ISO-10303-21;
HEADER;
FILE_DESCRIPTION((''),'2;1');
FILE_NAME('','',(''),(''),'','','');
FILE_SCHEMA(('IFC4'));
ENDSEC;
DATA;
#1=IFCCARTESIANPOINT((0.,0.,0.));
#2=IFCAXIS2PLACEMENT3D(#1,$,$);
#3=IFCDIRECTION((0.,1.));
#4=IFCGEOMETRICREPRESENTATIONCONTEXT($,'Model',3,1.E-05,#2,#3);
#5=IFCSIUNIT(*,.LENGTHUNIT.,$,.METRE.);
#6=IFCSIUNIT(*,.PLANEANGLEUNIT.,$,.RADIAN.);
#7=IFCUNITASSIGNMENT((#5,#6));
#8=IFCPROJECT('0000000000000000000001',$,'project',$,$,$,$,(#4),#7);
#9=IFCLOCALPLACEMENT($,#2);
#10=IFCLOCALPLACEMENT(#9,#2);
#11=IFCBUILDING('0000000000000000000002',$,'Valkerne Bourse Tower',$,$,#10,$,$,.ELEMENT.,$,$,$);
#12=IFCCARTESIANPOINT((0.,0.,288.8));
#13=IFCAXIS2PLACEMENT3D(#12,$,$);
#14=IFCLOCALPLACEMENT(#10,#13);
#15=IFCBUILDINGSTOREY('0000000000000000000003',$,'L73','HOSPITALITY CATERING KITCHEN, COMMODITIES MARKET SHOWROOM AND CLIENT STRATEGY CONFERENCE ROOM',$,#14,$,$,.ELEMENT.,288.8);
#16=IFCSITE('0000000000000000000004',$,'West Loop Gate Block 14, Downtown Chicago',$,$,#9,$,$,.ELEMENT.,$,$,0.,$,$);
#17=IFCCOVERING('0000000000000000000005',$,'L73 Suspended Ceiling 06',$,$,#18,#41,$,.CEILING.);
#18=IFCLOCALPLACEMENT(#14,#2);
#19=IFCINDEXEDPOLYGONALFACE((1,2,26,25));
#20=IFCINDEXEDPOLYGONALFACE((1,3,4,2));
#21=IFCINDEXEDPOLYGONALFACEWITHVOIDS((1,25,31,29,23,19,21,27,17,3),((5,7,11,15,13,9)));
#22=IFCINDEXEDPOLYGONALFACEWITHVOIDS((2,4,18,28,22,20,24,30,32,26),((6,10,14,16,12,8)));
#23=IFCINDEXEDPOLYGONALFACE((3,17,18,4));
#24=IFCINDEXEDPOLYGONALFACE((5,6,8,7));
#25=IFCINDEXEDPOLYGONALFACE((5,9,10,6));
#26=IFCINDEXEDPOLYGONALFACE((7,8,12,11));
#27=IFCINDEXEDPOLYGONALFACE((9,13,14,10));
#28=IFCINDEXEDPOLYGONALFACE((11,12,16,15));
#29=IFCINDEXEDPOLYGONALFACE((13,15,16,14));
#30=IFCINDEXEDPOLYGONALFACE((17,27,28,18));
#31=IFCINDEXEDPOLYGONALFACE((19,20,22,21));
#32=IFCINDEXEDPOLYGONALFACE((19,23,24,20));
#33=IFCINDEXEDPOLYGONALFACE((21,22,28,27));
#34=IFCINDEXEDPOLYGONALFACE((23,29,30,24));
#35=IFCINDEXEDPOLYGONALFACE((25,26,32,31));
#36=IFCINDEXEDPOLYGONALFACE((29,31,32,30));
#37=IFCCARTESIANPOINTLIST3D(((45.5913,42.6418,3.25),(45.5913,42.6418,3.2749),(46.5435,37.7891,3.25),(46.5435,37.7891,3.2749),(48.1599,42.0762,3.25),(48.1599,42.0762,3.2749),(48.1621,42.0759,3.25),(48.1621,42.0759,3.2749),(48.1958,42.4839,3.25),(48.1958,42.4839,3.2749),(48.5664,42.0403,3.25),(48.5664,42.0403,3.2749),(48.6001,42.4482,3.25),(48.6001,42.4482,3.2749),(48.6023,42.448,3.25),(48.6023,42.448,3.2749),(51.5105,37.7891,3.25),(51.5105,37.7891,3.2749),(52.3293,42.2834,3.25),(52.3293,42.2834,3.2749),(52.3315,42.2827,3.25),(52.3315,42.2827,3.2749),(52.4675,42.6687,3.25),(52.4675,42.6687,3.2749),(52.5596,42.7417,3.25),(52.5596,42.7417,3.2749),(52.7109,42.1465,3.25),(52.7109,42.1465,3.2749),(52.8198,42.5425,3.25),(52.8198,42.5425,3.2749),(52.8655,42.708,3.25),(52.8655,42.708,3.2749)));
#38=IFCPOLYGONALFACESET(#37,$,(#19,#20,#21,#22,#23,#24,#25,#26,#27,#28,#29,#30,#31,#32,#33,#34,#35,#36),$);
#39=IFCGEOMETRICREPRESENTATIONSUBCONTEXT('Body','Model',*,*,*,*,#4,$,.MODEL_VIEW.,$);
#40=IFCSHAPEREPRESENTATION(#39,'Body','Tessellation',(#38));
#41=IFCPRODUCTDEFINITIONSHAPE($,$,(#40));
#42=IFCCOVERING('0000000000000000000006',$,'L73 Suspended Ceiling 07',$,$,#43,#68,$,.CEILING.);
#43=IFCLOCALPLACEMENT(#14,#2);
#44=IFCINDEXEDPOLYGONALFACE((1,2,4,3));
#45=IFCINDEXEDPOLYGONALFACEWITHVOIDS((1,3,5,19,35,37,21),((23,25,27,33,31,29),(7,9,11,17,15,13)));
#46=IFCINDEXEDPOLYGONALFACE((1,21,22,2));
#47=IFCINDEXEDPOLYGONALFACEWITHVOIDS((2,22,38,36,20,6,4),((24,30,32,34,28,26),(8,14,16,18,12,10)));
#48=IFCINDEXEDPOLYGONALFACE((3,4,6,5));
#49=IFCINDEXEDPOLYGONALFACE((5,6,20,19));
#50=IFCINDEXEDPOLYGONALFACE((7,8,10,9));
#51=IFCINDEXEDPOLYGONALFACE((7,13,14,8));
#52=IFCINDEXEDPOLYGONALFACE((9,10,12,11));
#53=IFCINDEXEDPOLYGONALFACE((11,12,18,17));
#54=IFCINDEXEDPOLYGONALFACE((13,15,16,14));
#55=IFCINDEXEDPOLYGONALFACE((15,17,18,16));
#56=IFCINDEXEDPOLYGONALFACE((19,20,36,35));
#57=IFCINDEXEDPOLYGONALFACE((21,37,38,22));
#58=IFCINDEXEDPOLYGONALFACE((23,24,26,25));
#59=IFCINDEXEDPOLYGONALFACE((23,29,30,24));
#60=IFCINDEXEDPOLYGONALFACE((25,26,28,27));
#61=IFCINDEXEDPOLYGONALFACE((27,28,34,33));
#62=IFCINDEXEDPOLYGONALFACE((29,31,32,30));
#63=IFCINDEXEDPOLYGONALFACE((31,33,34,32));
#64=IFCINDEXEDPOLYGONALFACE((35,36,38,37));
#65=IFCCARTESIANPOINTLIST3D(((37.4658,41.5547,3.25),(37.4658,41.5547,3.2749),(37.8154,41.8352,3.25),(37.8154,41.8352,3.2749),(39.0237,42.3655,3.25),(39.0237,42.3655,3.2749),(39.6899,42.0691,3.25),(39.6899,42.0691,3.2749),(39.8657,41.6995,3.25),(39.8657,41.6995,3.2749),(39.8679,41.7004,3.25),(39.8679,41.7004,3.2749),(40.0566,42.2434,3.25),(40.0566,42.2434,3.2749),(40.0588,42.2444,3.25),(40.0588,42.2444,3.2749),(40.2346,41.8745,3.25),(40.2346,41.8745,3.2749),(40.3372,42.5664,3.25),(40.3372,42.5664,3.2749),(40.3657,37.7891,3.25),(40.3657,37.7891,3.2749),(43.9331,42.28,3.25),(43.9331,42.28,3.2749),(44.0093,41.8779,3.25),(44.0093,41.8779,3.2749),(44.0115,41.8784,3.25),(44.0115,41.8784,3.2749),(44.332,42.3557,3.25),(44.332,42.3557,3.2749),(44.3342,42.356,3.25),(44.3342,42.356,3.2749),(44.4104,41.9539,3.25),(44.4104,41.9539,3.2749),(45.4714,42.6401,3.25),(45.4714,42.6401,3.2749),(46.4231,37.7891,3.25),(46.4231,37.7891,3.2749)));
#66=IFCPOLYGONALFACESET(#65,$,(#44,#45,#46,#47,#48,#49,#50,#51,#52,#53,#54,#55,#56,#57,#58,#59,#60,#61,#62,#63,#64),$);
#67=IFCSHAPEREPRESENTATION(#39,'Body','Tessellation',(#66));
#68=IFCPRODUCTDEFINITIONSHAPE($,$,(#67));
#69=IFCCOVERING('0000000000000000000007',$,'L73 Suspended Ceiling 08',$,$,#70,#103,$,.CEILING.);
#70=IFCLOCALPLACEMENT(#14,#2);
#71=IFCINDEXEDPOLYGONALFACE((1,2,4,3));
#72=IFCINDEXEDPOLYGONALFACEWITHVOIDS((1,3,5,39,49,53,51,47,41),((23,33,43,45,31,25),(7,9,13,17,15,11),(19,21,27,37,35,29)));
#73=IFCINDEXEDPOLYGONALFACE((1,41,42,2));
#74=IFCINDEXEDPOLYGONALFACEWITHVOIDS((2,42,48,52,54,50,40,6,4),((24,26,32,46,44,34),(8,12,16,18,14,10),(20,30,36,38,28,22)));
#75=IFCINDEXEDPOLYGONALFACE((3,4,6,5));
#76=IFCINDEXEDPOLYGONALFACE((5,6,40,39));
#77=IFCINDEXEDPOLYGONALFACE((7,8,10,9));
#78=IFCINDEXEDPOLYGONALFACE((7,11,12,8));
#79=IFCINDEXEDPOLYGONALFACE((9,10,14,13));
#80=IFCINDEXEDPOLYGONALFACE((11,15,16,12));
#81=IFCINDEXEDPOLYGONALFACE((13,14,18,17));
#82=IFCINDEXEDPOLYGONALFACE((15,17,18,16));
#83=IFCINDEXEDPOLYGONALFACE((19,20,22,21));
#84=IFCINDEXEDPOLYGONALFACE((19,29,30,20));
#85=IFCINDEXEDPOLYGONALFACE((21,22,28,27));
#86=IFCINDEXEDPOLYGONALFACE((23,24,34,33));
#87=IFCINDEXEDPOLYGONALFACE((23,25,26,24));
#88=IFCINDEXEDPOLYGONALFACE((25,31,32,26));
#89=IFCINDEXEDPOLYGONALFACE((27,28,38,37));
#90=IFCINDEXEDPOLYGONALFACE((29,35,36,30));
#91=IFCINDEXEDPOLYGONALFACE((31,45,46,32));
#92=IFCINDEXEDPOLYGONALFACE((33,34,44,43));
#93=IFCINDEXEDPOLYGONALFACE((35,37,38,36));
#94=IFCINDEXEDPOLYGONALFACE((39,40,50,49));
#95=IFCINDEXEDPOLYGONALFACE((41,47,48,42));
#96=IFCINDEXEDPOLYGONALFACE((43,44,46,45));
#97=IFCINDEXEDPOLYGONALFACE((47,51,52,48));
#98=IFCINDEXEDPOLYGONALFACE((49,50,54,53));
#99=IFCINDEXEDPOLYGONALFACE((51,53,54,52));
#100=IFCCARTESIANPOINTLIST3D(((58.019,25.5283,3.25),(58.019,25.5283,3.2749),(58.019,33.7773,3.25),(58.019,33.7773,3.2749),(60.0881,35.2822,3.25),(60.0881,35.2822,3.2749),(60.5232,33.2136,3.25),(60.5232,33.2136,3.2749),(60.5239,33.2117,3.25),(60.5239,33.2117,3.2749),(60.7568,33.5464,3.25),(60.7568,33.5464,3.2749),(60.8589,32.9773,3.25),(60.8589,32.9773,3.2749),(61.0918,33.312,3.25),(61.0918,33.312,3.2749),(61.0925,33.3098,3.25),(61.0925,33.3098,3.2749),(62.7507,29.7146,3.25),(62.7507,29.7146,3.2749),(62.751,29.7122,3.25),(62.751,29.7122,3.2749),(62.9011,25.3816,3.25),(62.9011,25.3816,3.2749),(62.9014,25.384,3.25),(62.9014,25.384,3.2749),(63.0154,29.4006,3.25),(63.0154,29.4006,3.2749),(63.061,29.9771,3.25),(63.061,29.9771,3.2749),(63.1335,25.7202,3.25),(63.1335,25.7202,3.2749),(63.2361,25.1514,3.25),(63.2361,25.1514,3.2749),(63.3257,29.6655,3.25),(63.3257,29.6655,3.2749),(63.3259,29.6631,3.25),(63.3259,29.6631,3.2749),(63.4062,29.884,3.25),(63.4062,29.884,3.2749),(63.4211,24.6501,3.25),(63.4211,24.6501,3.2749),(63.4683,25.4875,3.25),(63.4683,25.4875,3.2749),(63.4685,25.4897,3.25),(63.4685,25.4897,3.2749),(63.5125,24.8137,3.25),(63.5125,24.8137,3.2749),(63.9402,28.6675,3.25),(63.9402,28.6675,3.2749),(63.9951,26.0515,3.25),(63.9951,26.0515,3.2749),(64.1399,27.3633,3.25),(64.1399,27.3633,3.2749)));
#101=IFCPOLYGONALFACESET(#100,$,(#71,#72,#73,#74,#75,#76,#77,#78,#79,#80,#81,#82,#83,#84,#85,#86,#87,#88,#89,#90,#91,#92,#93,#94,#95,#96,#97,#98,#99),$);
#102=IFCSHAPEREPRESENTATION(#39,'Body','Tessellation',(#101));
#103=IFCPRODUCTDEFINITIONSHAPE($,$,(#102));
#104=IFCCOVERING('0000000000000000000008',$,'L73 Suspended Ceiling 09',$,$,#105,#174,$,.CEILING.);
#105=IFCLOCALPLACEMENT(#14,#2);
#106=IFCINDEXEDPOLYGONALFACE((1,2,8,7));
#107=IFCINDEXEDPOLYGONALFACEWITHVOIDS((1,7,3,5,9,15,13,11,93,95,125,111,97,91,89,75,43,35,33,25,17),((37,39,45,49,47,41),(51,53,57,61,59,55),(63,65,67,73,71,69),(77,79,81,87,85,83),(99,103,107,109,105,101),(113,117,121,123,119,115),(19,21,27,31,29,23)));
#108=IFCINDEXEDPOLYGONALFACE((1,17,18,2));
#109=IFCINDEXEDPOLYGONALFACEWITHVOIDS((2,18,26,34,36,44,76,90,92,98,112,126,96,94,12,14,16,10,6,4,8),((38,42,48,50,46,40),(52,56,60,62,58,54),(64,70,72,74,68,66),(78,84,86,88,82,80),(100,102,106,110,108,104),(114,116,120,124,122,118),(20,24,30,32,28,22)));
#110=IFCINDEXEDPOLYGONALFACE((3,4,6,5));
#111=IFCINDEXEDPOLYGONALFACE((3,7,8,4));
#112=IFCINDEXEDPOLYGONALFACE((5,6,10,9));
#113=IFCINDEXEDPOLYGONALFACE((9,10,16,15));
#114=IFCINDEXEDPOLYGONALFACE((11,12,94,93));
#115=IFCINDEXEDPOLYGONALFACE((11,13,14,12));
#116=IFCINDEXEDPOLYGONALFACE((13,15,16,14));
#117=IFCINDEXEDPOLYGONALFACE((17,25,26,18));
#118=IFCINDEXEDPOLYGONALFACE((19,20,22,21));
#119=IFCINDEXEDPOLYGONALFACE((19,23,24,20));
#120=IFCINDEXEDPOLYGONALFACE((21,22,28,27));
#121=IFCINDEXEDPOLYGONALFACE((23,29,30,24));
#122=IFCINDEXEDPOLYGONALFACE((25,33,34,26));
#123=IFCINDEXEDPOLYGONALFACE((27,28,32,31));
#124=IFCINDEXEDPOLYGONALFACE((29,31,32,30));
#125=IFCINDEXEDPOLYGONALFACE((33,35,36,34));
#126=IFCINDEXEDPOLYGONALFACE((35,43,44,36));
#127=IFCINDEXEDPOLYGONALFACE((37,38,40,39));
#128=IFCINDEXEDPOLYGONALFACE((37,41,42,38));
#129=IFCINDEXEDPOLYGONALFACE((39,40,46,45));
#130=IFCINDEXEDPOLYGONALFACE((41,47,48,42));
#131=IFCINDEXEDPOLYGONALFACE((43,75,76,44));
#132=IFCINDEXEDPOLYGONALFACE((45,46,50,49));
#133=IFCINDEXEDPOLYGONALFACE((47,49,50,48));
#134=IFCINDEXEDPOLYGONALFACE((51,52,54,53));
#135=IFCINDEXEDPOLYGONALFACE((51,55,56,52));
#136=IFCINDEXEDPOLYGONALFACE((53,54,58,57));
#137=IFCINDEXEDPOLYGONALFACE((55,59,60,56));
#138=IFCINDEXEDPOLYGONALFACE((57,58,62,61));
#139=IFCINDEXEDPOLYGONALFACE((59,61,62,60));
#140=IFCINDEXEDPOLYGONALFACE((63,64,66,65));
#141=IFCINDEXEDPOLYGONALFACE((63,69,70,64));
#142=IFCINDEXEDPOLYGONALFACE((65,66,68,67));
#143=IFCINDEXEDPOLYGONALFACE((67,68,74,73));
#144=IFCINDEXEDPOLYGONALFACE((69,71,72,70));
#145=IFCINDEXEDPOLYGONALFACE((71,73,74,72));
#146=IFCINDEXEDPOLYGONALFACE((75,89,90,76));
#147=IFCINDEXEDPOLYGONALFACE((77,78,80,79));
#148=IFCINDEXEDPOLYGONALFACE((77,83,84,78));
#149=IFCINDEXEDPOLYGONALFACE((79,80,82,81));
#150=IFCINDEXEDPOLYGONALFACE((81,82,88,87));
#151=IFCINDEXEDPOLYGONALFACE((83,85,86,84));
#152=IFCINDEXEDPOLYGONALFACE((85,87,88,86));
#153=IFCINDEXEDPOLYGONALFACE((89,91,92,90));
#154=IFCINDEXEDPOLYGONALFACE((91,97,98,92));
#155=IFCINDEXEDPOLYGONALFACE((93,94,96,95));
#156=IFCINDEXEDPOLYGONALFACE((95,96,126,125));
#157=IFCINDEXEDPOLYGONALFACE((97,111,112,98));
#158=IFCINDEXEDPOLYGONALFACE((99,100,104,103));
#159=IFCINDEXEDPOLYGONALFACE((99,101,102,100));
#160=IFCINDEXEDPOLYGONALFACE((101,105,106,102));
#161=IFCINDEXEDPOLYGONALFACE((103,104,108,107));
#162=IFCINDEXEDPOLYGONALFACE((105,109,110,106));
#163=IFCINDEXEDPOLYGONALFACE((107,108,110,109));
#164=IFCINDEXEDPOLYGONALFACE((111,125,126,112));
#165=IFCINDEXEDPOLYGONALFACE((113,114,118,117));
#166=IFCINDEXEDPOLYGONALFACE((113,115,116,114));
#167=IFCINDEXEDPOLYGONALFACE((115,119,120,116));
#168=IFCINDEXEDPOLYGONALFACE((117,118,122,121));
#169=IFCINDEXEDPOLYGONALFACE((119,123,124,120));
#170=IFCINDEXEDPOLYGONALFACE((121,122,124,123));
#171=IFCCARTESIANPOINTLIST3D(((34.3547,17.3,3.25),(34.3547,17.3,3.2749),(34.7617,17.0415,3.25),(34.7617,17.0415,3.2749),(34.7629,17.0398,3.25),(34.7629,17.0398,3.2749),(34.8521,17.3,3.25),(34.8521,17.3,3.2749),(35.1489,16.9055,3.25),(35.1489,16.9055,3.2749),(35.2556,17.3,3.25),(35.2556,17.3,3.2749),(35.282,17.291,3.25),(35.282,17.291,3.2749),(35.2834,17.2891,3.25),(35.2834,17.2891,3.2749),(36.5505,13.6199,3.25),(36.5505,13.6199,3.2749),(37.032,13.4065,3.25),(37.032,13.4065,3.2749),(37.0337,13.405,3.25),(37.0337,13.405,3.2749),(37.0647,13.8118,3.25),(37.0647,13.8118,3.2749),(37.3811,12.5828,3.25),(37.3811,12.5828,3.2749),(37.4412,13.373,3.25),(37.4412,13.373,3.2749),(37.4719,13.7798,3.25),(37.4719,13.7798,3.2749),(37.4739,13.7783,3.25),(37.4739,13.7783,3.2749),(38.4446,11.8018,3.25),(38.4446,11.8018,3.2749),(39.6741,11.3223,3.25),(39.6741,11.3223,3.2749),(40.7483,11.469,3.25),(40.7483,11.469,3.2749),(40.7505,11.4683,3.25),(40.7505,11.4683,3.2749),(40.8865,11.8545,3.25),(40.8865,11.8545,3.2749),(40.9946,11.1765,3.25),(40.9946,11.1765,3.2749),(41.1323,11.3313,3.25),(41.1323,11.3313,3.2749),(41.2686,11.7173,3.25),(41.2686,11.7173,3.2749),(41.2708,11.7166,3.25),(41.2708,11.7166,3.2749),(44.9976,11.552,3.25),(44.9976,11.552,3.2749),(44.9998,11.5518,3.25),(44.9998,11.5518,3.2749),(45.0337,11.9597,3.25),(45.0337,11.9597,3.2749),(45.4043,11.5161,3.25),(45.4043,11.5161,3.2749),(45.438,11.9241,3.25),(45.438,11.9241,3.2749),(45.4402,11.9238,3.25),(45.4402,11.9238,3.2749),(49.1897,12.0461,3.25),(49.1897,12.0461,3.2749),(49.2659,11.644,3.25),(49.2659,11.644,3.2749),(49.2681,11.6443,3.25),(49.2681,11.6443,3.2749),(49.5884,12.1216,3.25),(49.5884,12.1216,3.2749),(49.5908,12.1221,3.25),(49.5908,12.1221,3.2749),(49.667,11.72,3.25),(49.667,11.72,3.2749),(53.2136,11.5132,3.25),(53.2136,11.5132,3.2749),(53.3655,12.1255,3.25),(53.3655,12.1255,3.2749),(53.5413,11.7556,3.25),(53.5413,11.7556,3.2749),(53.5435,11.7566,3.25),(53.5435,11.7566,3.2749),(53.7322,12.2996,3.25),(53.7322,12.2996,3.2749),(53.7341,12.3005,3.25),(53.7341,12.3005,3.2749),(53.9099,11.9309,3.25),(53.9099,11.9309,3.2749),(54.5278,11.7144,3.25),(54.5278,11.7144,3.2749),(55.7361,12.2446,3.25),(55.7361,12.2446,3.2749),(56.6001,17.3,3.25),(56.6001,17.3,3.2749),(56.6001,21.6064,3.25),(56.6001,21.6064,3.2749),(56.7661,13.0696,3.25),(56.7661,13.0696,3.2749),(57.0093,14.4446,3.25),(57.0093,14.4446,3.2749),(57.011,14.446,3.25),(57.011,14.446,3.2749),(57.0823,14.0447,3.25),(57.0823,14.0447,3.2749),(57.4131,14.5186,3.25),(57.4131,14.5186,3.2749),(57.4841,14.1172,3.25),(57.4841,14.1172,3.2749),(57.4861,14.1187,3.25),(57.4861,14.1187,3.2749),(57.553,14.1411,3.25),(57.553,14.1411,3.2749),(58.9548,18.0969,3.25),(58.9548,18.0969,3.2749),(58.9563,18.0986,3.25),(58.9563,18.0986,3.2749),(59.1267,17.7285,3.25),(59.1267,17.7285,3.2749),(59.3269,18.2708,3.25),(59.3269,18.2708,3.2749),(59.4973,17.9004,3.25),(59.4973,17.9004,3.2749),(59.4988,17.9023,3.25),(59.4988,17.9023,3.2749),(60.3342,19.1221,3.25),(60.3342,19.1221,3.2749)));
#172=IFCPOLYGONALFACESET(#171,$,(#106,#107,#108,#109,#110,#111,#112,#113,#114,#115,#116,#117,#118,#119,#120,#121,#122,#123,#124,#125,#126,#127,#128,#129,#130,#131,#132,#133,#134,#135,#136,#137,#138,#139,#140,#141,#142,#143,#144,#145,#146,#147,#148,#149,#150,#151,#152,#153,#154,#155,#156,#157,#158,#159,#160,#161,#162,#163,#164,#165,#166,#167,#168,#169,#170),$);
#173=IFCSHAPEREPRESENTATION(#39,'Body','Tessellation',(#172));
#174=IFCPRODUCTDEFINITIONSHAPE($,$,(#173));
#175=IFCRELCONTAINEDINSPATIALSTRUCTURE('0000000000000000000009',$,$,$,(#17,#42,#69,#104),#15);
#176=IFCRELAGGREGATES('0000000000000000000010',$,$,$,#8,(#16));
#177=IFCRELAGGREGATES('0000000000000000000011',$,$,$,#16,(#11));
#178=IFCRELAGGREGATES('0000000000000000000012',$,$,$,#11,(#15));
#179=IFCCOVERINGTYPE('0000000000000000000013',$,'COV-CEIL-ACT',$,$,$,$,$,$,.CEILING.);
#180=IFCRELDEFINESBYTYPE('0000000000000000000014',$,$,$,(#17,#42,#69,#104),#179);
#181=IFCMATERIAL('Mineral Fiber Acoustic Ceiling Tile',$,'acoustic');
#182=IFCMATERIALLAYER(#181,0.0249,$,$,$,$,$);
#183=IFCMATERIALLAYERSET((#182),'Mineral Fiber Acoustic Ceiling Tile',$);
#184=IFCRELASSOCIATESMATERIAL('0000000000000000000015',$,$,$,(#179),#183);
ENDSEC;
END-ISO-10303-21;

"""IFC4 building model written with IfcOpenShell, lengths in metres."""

from ifc_helpers import new_model, si_unit, direction, frame, origin, place, context, subcontext, project, spatial, polyline, outline, extrude, material, layer, layer_set, type_object, element, save


model = new_model("IFC4")

# Units and contexts
model_context = context("Model", 3, precision=1e-05, world=origin(), true_north=direction((0.0, 1.0)))
body_context = subcontext(model_context, "Body", "Model", "MODEL_VIEW")
ifc_project = project(units=[si_unit("LENGTHUNIT", "METRE"), si_unit("PLANEANGLEUNIT", "RADIAN")], contexts=[model_context])

# Site, building, storey
site_placement = place(None, origin())
site = spatial("IfcSite", under=ifc_project, at=site_placement, Name="West Loop Gate Block 14, Downtown Chicago", CompositionType="ELEMENT", RefElevation=0.0)
building_placement = place(site_placement, origin())
building = spatial("IfcBuilding", under=site, at=building_placement, Name="Valkerne Bourse Tower", CompositionType="ELEMENT")
storey_placement = place(building_placement, frame((0.0, 0.0, 288.8)))
storey = spatial("IfcBuildingStorey", under=building, at=storey_placement, Name="L73", Description="HOSPITALITY CATERING KITCHEN, COMMODITIES MARKET SHOWROOM AND CLIENT STRATEGY CONFERENCE ROOM", CompositionType="ELEMENT", Elevation=288.8)

# Coverings
ifc_material_1 = material(Name="Mineral Fiber Acoustic Ceiling Tile", Category="acoustic")
ifc_layer_1 = layer(ifc_material_1, 0.0249)
ifc_layer_set_1 = layer_set([ifc_layer_1], Name="Mineral Fiber Acoustic Ceiling Tile")
covering_type_1 = type_object("IfcCoveringType", Name="COV-CEIL-ACT", PredefinedType="CEILING", material=ifc_layer_set_1)
covering_1_placement = place(storey_placement, frame((0.0, 0.0, 3.25)))
element("IfcCovering", 1, at=covering_1_placement, inside=storey, type_object=covering_type_1, Name="L73 Suspended Ceiling 06", PredefinedType="CEILING", context=body_context, shape_type="SweptSolid", body=[
    extrude(outline(polyline([(52.8198, 42.5425), (52.4675, 42.6687), (52.3293, 42.2834), (52.3315, 42.2827), (52.7109, 42.1465), (51.5105, 37.7891), (46.5435, 37.7891), (45.5913, 42.6418), (52.5596, 42.7417), (52.8655, 42.708), (52.8198, 42.5425)]), holes=[polyline([(48.6001, 42.4482), (48.1958, 42.4839), (48.1599, 42.0762), (48.1621, 42.0759), (48.5664, 42.0403), (48.6023, 42.448), (48.6001, 42.4482)])]), origin(), (0.0, 0.0, 1.0), 0.0249),
])
covering_2_placement = place(storey_placement, frame((0.0, 0.0, 3.25)))
element("IfcCovering", 2, at=covering_2_placement, inside=storey, type_object=covering_type_1, Name="L73 Suspended Ceiling 07", PredefinedType="CEILING", context=body_context, shape_type="SweptSolid", body=[
    extrude(outline(polyline([(40.3372, 42.5664), (45.4714, 42.6401), (46.4231, 37.7891), (40.3657, 37.7891), (37.4658, 41.5547), (37.8154, 41.8352), (39.0237, 42.3655), (40.3372, 42.5664)]), holes=[polyline([(39.8679, 41.7004), (40.2346, 41.8745), (40.0588, 42.2444), (40.0566, 42.2434), (39.6899, 42.0691), (39.8657, 41.6995), (39.8679, 41.7004)]), polyline([(44.4104, 41.9539), (44.3342, 42.356), (44.332, 42.3557), (43.9331, 42.28), (44.0093, 41.8779), (44.0115, 41.8784), (44.4104, 41.9539)])]), origin(), (0.0, 0.0, 1.0), 0.0249),
])
covering_3_placement = place(storey_placement, frame((0.0, 0.0, 3.25)))
element("IfcCovering", 3, at=covering_3_placement, inside=storey, type_object=covering_type_1, Name="L73 Suspended Ceiling 08", PredefinedType="CEILING", context=body_context, shape_type="SweptSolid", body=[
    extrude(outline(polyline([(63.9951, 26.0515), (63.5125, 24.8137), (63.4211, 24.6501), (58.019, 25.5283), (58.019, 33.7773), (60.0881, 35.2822), (63.4062, 29.884), (63.9402, 28.6675), (64.1399, 27.3633), (63.9951, 26.0515)]), holes=[polyline([(63.4683, 25.4875), (63.4685, 25.4897), (63.1335, 25.7202), (62.9014, 25.384), (62.9011, 25.3816), (63.2361, 25.1514), (63.4683, 25.4875)]), polyline([(63.3257, 29.6655), (63.061, 29.9771), (62.7507, 29.7146), (62.751, 29.7122), (63.0154, 29.4006), (63.3259, 29.6631), (63.3257, 29.6655)]), polyline([(61.0918, 33.312), (60.7568, 33.5464), (60.5232, 33.2136), (60.5239, 33.2117), (60.8589, 32.9773), (61.0925, 33.3098), (61.0918, 33.312)])]), origin(), (0.0, 0.0, 1.0), 0.0249),
])
covering_4_placement = place(storey_placement, frame((0.0, 0.0, 3.25)))
element("IfcCovering", 4, at=covering_4_placement, inside=storey, type_object=covering_type_1, Name="L73 Suspended Ceiling 09", PredefinedType="CEILING", context=body_context, shape_type="SweptSolid", body=[
    extrude(outline(polyline([(55.7361, 12.2446), (54.5278, 11.7144), (53.2136, 11.5132), (40.9946, 11.1765), (39.6741, 11.3223), (38.4446, 11.8018), (37.3811, 12.5828), (36.5505, 13.6199), (34.3547, 17.3), (34.8521, 17.3), (34.7617, 17.0415), (34.7629, 17.0398), (35.1489, 16.9055), (35.2834, 17.2891), (35.282, 17.291), (35.2556, 17.3), (56.6001, 17.3), (56.6001, 21.6064), (60.3342, 19.1221), (57.553, 14.1411), (56.7661, 13.0696), (55.7361, 12.2446)]), holes=[polyline([(41.2686, 11.7173), (40.8865, 11.8545), (40.7483, 11.469), (40.7505, 11.4683), (41.1323, 11.3313), (41.2708, 11.7166), (41.2686, 11.7173)]), polyline([(45.438, 11.9241), (45.0337, 11.9597), (44.9976, 11.552), (44.9998, 11.5518), (45.4043, 11.5161), (45.4402, 11.9238), (45.438, 11.9241)]), polyline([(37.4719, 13.7798), (37.0647, 13.8118), (37.032, 13.4065), (37.0337, 13.405), (37.4412, 13.373), (37.4739, 13.7783), (37.4719, 13.7798)]), polyline([(49.667, 11.72), (49.5908, 12.1221), (49.5884, 12.1216), (49.1897, 12.0461), (49.2659, 11.644), (49.2681, 11.6443), (49.667, 11.72)]), polyline([(53.9099, 11.9309), (53.7341, 12.3005), (53.7322, 12.2996), (53.3655, 12.1255), (53.5413, 11.7556), (53.5435, 11.7566), (53.9099, 11.9309)]), polyline([(57.4861, 14.1187), (57.4131, 14.5186), (57.011, 14.446), (57.0093, 14.4446), (57.0823, 14.0447), (57.4841, 14.1172), (57.4861, 14.1187)]), polyline([(59.4988, 17.9023), (59.3269, 18.2708), (58.9563, 18.0986), (58.9548, 18.0969), (59.1267, 17.7285), (59.4973, 17.9004), (59.4988, 17.9023)])]), origin(), (0.0, 0.0, 1.0), 0.0249),
])

save(model, "model.ifc")
